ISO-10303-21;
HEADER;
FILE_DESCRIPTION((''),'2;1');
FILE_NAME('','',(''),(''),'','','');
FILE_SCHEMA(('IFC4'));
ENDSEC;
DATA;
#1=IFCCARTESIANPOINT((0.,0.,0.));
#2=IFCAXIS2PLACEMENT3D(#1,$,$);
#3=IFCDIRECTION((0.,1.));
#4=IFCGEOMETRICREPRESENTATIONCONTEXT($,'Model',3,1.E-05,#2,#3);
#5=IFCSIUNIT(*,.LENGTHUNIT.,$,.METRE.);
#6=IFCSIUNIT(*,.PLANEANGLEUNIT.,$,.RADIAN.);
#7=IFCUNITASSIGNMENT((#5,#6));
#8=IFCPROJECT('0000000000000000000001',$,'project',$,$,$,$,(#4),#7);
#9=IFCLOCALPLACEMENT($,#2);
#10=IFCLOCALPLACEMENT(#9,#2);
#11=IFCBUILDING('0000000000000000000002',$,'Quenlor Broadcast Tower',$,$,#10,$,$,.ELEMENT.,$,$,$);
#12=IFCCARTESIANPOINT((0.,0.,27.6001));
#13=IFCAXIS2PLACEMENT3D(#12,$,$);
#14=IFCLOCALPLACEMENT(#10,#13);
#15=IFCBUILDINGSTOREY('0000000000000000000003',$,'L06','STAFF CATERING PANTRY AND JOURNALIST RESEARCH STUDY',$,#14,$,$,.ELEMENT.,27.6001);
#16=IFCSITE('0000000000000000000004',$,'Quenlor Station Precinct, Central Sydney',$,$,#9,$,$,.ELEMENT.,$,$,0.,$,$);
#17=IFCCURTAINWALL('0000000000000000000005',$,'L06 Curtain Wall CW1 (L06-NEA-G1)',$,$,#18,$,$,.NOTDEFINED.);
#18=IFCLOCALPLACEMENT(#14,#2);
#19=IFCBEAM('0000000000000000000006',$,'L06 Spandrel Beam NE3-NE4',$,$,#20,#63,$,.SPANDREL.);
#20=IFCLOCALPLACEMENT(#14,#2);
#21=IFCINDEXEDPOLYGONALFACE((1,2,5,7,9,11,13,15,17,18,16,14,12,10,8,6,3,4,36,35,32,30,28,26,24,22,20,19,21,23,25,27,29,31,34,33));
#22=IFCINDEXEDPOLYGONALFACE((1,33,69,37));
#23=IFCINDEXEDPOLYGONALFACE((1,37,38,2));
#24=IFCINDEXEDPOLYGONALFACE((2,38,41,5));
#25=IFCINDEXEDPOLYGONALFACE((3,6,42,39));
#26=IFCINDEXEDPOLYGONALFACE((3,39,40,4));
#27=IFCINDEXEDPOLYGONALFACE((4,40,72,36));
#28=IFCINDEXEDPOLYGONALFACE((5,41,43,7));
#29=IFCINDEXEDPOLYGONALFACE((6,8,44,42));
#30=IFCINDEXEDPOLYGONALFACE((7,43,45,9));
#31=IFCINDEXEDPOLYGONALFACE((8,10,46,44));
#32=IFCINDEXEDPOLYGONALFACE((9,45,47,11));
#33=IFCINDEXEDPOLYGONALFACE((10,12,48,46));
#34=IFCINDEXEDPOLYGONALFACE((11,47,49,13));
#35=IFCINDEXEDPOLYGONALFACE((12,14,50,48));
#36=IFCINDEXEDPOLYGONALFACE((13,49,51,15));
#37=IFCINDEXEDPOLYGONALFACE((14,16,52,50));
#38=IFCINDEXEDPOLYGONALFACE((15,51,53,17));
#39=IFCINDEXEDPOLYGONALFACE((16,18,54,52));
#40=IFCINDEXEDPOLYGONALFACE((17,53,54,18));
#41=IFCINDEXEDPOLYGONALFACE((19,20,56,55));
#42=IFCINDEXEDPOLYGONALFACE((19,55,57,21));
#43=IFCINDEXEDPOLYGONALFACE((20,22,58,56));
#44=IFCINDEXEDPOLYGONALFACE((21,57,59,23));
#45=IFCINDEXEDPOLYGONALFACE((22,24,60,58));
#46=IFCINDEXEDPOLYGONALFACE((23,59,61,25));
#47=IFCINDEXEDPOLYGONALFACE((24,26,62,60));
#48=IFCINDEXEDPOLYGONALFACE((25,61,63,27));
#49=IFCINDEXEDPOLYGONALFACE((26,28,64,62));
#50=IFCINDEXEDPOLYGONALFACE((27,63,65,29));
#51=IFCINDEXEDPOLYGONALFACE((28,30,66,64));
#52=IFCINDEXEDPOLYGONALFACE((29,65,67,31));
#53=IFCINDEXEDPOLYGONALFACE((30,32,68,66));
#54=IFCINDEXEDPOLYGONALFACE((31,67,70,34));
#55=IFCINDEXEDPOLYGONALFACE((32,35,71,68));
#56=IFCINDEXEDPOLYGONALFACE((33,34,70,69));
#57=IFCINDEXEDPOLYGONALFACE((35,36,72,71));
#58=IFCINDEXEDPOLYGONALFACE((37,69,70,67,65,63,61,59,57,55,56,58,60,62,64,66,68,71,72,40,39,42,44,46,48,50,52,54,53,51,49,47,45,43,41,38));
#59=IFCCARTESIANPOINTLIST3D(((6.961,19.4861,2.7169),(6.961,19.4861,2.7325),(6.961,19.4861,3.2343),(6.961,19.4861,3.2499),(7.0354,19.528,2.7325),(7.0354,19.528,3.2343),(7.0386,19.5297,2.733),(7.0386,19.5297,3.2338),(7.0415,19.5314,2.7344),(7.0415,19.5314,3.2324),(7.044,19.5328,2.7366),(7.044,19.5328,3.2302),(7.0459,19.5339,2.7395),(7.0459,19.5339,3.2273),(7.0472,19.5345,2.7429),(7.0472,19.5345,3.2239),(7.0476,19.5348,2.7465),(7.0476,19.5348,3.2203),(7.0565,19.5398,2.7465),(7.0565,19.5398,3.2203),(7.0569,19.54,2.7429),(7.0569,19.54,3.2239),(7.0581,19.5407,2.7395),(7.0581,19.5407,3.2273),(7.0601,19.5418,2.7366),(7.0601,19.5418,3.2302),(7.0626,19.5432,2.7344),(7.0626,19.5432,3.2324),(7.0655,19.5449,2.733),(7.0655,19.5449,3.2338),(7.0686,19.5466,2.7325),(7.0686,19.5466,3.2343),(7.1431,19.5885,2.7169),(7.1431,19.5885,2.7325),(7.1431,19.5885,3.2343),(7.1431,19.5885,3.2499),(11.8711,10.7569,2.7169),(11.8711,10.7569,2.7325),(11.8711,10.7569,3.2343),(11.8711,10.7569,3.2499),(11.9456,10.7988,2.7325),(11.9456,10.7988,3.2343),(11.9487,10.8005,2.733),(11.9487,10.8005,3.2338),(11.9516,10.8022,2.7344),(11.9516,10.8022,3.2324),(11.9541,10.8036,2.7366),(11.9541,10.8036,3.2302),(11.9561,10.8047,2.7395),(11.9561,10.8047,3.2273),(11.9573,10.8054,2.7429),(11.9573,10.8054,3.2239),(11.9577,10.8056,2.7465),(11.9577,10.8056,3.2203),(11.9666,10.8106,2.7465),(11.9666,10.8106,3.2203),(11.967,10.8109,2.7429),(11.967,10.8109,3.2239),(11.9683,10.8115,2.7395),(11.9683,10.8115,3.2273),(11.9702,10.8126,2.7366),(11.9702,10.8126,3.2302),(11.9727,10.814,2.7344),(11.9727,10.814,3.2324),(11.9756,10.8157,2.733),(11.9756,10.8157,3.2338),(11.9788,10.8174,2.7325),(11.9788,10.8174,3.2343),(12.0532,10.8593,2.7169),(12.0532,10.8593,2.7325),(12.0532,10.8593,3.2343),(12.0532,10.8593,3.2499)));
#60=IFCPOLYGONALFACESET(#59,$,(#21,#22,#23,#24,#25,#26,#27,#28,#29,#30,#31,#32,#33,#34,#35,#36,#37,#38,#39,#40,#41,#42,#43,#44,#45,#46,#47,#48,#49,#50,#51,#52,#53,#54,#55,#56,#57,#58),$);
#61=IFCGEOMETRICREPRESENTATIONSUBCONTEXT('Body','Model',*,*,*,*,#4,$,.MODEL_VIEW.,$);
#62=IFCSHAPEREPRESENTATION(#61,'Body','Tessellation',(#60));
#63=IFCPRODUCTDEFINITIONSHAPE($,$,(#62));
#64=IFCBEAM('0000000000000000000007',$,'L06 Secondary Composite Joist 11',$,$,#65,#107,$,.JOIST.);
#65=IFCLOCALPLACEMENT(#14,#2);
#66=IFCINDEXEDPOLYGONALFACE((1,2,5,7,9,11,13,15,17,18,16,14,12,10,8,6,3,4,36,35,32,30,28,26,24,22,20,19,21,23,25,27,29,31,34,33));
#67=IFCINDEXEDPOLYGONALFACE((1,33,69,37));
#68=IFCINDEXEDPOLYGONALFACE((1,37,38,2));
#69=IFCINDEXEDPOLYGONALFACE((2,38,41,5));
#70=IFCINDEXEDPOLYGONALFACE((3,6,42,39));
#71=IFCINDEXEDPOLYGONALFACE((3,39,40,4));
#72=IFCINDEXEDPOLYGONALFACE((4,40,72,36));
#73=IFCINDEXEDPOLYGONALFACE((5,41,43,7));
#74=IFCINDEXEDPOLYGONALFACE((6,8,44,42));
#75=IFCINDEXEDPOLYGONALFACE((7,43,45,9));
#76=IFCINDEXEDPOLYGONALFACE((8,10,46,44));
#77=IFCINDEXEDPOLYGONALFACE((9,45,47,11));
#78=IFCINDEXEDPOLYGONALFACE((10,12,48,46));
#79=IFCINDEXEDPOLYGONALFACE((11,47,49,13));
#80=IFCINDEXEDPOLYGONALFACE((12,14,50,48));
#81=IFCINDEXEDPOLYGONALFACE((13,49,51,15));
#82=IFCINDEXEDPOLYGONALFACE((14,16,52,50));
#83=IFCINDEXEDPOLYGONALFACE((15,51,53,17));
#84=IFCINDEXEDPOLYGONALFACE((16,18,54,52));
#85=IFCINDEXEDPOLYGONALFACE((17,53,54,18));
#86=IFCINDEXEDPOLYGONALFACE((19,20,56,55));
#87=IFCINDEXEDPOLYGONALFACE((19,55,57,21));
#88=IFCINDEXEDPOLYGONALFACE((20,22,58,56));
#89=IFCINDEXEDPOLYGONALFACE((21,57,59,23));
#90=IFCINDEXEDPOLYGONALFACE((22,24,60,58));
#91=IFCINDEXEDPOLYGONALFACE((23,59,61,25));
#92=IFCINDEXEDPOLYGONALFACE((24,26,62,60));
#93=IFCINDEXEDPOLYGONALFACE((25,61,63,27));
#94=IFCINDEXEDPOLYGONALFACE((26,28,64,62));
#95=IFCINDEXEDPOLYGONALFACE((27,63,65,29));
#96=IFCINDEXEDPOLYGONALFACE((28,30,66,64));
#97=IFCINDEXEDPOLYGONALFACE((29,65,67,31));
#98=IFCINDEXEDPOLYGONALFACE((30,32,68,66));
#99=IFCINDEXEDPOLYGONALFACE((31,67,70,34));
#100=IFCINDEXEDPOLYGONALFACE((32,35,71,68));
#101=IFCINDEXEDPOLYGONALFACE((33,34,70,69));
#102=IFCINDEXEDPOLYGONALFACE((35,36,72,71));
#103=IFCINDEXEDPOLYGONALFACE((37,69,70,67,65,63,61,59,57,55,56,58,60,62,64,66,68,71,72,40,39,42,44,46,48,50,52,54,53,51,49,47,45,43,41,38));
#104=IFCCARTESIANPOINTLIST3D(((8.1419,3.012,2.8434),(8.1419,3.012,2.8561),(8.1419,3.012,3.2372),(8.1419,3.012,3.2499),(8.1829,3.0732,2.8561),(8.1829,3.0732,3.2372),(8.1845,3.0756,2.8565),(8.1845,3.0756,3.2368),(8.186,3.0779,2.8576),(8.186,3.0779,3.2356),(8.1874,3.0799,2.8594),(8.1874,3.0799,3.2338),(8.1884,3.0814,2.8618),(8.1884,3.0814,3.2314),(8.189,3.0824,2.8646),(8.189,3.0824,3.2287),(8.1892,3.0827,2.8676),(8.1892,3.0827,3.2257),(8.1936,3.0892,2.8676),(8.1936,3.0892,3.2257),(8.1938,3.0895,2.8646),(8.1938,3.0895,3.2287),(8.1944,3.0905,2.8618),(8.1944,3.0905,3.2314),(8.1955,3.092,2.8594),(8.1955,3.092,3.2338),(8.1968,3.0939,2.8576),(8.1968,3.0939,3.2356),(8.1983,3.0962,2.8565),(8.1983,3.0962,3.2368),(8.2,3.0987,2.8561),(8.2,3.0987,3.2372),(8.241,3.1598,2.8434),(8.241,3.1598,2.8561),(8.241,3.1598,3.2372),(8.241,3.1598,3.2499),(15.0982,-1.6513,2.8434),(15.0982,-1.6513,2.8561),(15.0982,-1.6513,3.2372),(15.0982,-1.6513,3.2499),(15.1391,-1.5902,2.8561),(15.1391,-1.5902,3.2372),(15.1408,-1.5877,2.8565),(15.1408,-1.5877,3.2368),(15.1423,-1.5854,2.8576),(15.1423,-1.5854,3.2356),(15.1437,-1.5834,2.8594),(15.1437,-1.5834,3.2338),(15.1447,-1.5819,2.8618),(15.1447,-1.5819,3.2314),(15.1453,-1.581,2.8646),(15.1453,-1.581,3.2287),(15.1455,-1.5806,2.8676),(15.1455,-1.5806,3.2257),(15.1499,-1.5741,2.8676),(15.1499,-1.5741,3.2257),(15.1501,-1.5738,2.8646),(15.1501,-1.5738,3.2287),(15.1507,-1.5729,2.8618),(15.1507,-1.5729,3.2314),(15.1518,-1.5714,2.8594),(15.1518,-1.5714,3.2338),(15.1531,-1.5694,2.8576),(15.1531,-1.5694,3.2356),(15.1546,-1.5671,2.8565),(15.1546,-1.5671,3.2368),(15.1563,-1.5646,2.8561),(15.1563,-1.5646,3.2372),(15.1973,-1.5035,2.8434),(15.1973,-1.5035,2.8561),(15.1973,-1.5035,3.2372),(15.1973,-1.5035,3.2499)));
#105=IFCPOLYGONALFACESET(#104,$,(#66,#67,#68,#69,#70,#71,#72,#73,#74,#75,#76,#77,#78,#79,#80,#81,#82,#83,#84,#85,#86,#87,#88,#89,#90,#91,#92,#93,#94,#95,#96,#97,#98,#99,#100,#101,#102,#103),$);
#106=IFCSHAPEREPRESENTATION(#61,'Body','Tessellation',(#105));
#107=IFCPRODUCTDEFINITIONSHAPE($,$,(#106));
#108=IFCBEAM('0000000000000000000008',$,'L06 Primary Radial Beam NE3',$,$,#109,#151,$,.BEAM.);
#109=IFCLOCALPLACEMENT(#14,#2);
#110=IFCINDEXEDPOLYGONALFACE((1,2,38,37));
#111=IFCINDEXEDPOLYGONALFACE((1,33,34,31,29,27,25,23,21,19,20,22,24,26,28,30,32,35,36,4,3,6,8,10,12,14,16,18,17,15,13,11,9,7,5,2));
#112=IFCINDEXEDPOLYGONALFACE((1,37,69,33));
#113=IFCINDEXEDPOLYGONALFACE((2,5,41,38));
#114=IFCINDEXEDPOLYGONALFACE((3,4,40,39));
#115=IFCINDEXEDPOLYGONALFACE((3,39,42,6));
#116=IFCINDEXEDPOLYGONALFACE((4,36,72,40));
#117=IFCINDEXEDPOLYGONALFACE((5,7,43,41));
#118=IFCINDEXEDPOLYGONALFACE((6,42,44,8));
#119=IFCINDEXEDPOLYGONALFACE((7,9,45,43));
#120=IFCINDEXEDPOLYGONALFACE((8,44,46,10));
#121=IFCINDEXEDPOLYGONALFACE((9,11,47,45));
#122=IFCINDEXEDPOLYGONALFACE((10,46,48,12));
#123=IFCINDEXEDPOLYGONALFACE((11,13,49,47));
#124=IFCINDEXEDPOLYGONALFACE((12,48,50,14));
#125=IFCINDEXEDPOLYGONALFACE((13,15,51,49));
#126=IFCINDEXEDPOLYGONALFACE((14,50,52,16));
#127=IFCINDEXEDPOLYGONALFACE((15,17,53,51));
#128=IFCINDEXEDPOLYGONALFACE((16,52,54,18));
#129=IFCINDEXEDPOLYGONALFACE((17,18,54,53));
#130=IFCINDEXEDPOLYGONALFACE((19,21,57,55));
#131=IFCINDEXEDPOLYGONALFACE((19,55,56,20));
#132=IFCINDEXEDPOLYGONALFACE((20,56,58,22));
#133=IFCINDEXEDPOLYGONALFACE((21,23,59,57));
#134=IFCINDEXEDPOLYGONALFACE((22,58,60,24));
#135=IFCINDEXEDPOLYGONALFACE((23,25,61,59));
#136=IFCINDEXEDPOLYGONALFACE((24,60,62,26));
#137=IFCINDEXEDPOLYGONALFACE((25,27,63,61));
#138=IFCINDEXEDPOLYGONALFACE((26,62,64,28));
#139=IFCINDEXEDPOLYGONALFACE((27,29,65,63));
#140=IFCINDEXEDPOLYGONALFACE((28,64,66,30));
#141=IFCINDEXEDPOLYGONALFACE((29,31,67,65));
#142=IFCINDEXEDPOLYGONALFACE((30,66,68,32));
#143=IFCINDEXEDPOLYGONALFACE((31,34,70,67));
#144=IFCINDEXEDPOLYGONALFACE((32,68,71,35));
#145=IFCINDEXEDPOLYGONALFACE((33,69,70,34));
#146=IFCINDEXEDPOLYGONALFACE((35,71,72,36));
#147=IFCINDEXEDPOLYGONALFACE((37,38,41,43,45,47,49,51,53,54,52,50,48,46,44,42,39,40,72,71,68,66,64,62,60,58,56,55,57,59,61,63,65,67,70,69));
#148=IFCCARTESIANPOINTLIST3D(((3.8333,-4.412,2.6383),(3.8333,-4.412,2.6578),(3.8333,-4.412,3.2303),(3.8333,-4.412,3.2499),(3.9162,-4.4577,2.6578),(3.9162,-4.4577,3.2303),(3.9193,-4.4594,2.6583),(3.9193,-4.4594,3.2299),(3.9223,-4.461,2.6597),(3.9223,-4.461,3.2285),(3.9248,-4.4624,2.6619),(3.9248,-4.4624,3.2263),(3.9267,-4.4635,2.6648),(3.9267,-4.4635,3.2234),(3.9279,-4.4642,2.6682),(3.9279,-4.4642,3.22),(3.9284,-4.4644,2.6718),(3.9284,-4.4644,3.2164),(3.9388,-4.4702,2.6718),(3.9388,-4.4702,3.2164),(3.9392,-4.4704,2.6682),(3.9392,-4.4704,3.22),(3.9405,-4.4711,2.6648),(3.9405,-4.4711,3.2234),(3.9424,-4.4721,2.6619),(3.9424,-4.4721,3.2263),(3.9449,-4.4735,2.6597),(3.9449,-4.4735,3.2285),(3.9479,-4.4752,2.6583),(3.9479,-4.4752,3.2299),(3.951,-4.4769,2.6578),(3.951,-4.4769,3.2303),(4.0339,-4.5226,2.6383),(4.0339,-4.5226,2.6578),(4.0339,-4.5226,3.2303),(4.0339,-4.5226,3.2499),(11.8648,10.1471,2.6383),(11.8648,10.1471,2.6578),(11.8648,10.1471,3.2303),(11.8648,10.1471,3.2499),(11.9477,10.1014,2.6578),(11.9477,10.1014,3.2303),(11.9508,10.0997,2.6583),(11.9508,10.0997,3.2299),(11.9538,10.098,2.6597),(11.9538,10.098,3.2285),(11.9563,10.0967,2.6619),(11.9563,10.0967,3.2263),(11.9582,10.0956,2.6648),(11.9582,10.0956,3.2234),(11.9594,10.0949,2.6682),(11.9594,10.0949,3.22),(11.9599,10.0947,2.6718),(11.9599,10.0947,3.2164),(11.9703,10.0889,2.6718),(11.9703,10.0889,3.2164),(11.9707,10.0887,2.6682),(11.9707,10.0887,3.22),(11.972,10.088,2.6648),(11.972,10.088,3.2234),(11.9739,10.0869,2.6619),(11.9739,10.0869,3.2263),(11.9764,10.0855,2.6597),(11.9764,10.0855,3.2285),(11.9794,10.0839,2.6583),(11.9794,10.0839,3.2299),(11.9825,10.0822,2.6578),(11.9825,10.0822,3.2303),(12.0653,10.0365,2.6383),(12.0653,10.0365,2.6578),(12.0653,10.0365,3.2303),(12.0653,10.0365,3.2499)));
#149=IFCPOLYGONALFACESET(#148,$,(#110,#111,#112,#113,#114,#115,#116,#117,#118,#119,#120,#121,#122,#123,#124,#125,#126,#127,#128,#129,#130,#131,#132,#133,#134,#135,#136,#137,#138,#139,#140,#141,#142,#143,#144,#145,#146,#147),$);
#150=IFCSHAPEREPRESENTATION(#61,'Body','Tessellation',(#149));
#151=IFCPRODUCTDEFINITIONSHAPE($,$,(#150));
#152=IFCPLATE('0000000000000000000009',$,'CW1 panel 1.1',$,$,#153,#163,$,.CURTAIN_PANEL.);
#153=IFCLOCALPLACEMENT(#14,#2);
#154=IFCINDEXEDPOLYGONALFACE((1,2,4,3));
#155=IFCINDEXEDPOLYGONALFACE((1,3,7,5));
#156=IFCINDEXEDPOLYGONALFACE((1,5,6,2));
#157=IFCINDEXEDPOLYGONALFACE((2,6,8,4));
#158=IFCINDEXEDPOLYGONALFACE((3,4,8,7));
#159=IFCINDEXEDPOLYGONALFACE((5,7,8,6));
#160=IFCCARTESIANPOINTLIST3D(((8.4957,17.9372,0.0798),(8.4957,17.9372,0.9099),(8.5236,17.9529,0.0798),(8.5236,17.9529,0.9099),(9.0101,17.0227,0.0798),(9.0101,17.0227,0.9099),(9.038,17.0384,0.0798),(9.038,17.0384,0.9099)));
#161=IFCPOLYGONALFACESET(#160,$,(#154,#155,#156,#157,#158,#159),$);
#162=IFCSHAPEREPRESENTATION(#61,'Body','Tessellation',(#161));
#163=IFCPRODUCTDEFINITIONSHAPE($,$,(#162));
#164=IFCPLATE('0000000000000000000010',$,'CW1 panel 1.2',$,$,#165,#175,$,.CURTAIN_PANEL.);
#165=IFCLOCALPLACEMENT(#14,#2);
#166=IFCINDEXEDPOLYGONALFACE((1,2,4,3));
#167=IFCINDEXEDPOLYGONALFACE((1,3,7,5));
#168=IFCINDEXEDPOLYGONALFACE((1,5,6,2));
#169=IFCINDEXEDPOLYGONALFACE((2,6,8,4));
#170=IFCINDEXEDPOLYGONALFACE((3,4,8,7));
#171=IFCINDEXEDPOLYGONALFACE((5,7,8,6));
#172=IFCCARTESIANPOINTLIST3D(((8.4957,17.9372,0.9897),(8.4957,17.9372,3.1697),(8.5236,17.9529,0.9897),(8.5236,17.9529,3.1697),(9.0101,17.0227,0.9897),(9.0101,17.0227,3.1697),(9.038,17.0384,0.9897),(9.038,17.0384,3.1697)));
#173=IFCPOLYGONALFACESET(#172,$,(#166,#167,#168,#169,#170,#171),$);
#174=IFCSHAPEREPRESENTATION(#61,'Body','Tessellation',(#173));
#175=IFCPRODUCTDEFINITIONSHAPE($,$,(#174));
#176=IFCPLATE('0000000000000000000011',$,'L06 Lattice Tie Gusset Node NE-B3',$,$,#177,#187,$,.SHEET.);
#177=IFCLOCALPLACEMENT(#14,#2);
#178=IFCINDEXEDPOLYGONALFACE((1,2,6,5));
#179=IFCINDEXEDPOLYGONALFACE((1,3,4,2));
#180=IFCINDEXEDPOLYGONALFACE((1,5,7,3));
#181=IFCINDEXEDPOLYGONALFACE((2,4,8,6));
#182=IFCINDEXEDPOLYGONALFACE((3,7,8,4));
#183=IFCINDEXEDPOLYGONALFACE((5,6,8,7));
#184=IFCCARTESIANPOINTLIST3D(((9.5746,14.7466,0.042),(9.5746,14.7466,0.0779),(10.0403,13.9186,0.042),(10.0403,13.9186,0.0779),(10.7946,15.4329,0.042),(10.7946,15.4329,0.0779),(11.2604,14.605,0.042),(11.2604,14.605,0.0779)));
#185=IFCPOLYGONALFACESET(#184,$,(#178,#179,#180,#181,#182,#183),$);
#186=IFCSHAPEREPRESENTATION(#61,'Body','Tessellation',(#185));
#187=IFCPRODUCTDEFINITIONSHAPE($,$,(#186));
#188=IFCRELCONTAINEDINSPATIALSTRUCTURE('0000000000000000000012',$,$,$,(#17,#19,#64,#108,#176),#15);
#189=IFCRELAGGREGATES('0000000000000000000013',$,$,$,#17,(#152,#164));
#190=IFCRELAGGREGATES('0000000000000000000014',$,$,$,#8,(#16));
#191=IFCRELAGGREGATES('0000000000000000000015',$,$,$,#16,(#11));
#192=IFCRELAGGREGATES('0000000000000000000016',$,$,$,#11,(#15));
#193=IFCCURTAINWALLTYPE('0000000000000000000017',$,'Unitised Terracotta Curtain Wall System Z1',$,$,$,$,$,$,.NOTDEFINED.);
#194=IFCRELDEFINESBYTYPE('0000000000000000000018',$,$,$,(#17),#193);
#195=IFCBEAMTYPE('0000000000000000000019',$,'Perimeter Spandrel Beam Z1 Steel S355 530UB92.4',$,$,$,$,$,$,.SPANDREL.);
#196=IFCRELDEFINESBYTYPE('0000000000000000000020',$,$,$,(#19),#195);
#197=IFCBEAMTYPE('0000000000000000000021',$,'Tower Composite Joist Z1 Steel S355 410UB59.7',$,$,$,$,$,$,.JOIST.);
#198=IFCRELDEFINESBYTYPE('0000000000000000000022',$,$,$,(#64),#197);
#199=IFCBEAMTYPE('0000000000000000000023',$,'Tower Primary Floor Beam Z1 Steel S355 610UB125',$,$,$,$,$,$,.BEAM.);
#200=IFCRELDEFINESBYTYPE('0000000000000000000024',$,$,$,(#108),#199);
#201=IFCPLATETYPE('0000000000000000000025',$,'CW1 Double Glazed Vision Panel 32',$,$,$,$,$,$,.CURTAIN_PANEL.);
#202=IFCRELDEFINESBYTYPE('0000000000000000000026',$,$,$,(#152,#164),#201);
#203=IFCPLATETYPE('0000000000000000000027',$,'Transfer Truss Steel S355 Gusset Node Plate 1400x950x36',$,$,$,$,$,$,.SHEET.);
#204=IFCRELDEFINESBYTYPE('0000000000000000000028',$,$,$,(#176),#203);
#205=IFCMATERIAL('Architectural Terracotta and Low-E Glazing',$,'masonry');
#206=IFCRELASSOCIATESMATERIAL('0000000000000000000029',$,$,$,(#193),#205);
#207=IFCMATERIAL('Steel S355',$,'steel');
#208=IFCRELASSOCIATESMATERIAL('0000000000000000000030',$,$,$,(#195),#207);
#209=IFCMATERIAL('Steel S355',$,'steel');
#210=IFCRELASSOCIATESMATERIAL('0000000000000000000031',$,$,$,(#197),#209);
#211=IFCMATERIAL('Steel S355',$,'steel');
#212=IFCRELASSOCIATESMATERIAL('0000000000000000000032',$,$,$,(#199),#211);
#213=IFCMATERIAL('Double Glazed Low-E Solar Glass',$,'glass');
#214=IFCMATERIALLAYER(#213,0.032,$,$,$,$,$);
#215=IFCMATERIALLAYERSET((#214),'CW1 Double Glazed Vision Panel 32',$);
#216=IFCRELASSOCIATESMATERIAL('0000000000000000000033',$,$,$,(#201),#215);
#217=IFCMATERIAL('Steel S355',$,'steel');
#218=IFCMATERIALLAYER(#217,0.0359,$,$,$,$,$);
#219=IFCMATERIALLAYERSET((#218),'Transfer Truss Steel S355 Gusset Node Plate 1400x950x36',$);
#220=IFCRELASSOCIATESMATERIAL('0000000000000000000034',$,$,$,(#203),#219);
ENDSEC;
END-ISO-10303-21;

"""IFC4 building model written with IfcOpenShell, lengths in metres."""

from ifc_helpers import new_model, si_unit, direction, frame, origin, origin_2d, place, context, subcontext, project, spatial, rectangle, i_section, extrude, material, layer, layer_set, material_profile, profile_set, type_object, element, aggregate, save


model = new_model("IFC4")

# Units and contexts
model_context = context("Model", 3, precision=1e-05, world=origin(), true_north=direction((0.0, 1.0)))
body_context = subcontext(model_context, "Body", "Model", "MODEL_VIEW")
ifc_project = project(units=[si_unit("LENGTHUNIT", "METRE"), si_unit("PLANEANGLEUNIT", "RADIAN")], contexts=[model_context])

# Site, building, storey
site_placement = place(None, origin())
site = spatial("IfcSite", under=ifc_project, at=site_placement, Name="Quenlor Station Precinct, Central Sydney", CompositionType="ELEMENT", RefElevation=0.0)
building_placement = place(site_placement, origin())
building = spatial("IfcBuilding", under=site, at=building_placement, Name="Quenlor Broadcast Tower", CompositionType="ELEMENT")
storey_placement = place(building_placement, frame((0.0, 0.0, 27.6001)))
storey = spatial("IfcBuildingStorey", under=building, at=storey_placement, Name="L06", Description="STAFF CATERING PANTRY AND JOURNALIST RESEARCH STUDY", CompositionType="ELEMENT", Elevation=27.6001)

# Curtain wall
ifc_material_1 = material(Name="Architectural Terracotta and Low-E Glazing", Category="masonry")
curtain_wall_type = type_object("IfcCurtainWallType", Name="Unitised Terracotta Curtain Wall System Z1", PredefinedType="NOTDEFINED", material=ifc_material_1)
curtain_wall_1_placement = place(storey_placement, origin())
curtain_wall_1 = element("IfcCurtainWall", 1, at=curtain_wall_1_placement, inside=storey, type_object=curtain_wall_type, Name="L06 Curtain Wall CW1 (L06-NEA-G1)", PredefinedType="NOTDEFINED")

# Beams
ifc_material_2 = material(Name="Steel S355", Category="steel")
ifc_material_profile_1 = material_profile(ifc_material_2, i_section(OverallWidth=0.209, OverallDepth=0.533, WebThickness=0.0103, FlangeThickness=0.0156, FilletRadius=0.0139, at=origin_2d()))
ifc_profile_set_1 = profile_set([ifc_material_profile_1], Name="Steel S355 530UB92.4")
beam_type_1 = type_object("IfcBeamType", Name="Perimeter Spandrel Beam Z1 Steel S355 530UB92.4", PredefinedType="SPANDREL", material=ifc_profile_set_1)
beam_1_placement = place(storey_placement, frame((11.9622, 10.8081, 2.9834), z_axis=(-0.490258, 0.871577, 0.0), x_axis=(-0.871577, -0.490258, 0.0)))
element("IfcBeam", 2, at=beam_1_placement, inside=storey, type_object=beam_type_1, Name="L06 Spandrel Beam NE3-NE4", PredefinedType="SPANDREL", context=body_context, shape_type="SweptSolid", body=[
    extrude(i_section(OverallWidth=0.209, OverallDepth=0.533, WebThickness=0.0103, FlangeThickness=0.0156, FilletRadius=0.0139, at=origin_2d()), origin(), (0.0, 0.0, 1.0), 10.0154),
])
ifc_material_3 = material(Name="Steel S355", Category="steel")
ifc_material_profile_2 = material_profile(ifc_material_3, i_section(OverallWidth=0.178, OverallDepth=0.4065, WebThickness=0.0078, FlangeThickness=0.0127, FilletRadius=0.0115, at=origin_2d()))
ifc_profile_set_2 = profile_set([ifc_material_profile_2], Name="Steel S355 410UB59.7")
beam_type_2 = type_object("IfcBeamType", Name="Tower Composite Joist Z1 Steel S355 410UB59.7", PredefinedType="JOIST", material=ifc_profile_set_2)
beam_2_placement = place(storey_placement, frame((15.1477, -1.5774, 3.0466), z_axis=(-0.830626, 0.556831, 0.0), x_axis=(-0.556831, -0.830626, 0.0)))
element("IfcBeam", 3, at=beam_2_placement, inside=storey, type_object=beam_type_2, Name="L06 Secondary Composite Joist 11", PredefinedType="JOIST", context=body_context, shape_type="SweptSolid", body=[
    extrude(i_section(OverallWidth=0.178, OverallDepth=0.4065, WebThickness=0.0078, FlangeThickness=0.0127, FilletRadius=0.0115, at=origin_2d()), origin(), (0.0, 0.0, 1.0), 8.3748),
])
ifc_material_4 = material(Name="Steel S355", Category="steel")
ifc_material_profile_3 = material_profile(ifc_material_4, i_section(OverallWidth=0.229, OverallDepth=0.6116, WebThickness=0.012, FlangeThickness=0.0195, FilletRadius=0.0139, at=origin_2d()))
ifc_profile_set_3 = profile_set([ifc_material_profile_3], Name="Steel S355 610UB125")
beam_type_3 = type_object("IfcBeamType", Name="Tower Primary Floor Beam Z1 Steel S355 610UB125", PredefinedType="BEAM", material=ifc_profile_set_3)
beam_3_placement = place(storey_placement, frame((11.9651, 10.0918, 2.9441), z_axis=(-0.483026, -0.875606, 0.0), x_axis=(0.875606, -0.483026, 0.0)))
element("IfcBeam", 4, at=beam_3_placement, inside=storey, type_object=beam_type_3, Name="L06 Primary Radial Beam NE3", PredefinedType="BEAM", context=body_context, shape_type="SweptSolid", body=[
    extrude(i_section(OverallWidth=0.229, OverallDepth=0.6116, WebThickness=0.012, FlangeThickness=0.0195, FilletRadius=0.0139, at=origin_2d()), origin(), (0.0, 0.0, 1.0), 16.6274),
])

# Plates
ifc_material_5 = material(Name="Double Glazed Low-E Solar Glass", Category="glass")
ifc_layer_1 = layer(ifc_material_5, 0.032)
ifc_layer_set_1 = layer_set([ifc_layer_1], Name="CW1 Double Glazed Vision Panel 32")
plate_type_1 = type_object("IfcPlateType", Name="CW1 Double Glazed Vision Panel 32", PredefinedType="CURTAIN_PANEL", material=ifc_layer_set_1)
plate_1_placement = place(storey_placement, frame((8.7668, 17.4878, 0.0798), z_axis=(0.0, 0.0, 1.0), x_axis=(0.490277, -0.871567, 0.0)))
plate_1 = element("IfcPlate", 5, at=plate_1_placement, type_object=plate_type_1, Name="CW1 panel 1.1", PredefinedType="CURTAIN_PANEL", context=body_context, shape_type="SweptSolid", body=[
    extrude(rectangle(XDim=1.0493, YDim=0.032, at=origin_2d()), origin(), (0.0, 0.0, 1.0), 0.8301),
])
plate_2_placement = place(storey_placement, frame((8.7668, 17.4878, 0.9897), z_axis=(0.0, 0.0, 1.0), x_axis=(0.490277, -0.871567, 0.0)))
plate_2 = element("IfcPlate", 6, at=plate_2_placement, type_object=plate_type_1, Name="CW1 panel 1.2", PredefinedType="CURTAIN_PANEL", context=body_context, shape_type="SweptSolid", body=[
    extrude(rectangle(XDim=1.0493, YDim=0.032, at=origin_2d()), origin(), (0.0, 0.0, 1.0), 2.1799),
])
aggregate(curtain_wall_1, [plate_1, plate_2])

# Plate
ifc_material_6 = material(Name="Steel S355", Category="steel")
ifc_layer_2 = layer(ifc_material_6, 0.0359)
ifc_layer_set_2 = layer_set([ifc_layer_2], Name="Transfer Truss Steel S355 Gusset Node Plate 1400x950x36")
plate_type_2 = type_object("IfcPlateType", Name="Transfer Truss Steel S355 Gusset Node Plate 1400x950x36", PredefinedType="SHEET", material=ifc_layer_set_2)
for number, where, z_axis, x_axis, name in (
    (7, (10.4175, 14.6758, 0.042), (0.0, 0.0, 1.0), (0.871556, 0.490295, 0.0), "L06 Lattice Tie Gusset Node NE-B3"),
):
    element("IfcPlate", number, at=place(storey_placement, frame(where, z_axis=z_axis, x_axis=x_axis)), inside=storey, type_object=plate_type_2, Name=name, PredefinedType="SHEET", context=body_context, shape_type="SweptSolid", body=[
        extrude(rectangle(XDim=1.3999, YDim=0.95, at=origin_2d()), origin(), (0.0, 0.0, 1.0), 0.0359),
    ])

save(model, "model.ifc")
